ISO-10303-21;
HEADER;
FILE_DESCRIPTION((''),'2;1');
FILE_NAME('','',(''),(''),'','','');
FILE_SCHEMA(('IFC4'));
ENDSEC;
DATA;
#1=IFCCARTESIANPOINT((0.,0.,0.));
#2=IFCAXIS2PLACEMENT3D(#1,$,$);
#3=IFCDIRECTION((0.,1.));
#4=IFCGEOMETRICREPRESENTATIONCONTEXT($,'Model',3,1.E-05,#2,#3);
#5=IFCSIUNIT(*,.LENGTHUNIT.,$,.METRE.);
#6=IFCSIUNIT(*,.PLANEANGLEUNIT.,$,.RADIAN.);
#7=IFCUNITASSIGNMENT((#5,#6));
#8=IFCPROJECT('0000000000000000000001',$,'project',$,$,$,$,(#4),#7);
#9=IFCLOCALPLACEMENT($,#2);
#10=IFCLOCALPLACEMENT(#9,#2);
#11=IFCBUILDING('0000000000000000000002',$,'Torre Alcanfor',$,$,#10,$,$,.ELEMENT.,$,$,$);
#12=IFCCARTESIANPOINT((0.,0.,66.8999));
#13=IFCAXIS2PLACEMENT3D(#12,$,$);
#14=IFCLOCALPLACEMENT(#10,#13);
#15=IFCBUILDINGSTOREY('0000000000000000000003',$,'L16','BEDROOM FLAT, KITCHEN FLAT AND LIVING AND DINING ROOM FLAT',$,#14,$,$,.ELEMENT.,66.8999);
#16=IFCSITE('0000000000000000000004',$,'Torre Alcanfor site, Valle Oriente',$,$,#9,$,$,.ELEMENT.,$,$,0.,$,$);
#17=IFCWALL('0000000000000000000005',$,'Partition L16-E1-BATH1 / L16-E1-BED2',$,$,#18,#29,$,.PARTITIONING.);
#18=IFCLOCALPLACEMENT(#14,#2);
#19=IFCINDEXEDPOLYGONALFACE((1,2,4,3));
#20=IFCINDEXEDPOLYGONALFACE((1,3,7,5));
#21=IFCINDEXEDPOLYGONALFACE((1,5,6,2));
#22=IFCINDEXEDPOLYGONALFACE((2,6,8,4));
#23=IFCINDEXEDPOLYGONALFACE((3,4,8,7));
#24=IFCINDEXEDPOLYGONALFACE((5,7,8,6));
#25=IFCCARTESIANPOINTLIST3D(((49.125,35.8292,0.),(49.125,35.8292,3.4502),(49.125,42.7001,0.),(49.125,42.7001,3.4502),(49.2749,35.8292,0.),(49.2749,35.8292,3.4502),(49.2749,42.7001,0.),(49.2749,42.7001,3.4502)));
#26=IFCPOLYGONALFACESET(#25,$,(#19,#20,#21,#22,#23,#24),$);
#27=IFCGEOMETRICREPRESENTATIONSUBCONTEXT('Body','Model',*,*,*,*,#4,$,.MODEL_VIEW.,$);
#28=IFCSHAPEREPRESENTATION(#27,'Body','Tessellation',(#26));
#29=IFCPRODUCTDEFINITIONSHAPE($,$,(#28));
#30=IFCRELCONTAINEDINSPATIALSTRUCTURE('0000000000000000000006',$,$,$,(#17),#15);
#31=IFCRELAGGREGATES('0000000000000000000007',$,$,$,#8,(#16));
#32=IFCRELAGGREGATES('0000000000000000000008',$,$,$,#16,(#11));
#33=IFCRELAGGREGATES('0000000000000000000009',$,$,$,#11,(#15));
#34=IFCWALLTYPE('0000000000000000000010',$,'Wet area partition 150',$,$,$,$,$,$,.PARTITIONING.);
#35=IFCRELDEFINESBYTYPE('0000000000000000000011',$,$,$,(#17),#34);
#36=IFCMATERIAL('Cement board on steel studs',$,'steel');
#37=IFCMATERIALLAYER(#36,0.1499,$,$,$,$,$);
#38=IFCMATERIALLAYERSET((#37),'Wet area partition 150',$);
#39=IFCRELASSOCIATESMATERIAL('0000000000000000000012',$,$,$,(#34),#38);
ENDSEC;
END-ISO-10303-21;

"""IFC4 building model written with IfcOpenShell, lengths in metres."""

from ifc_helpers import new_model, si_unit, direction, frame, frame_2d, origin, place, context, subcontext, project, spatial, rectangle, extrude, material, layer, layer_set, type_object, element, save


model = new_model("IFC4")

# Units and contexts
model_context = context("Model", 3, precision=1e-05, world=origin(), true_north=direction((0.0, 1.0)))
body_context = subcontext(model_context, "Body", "Model", "MODEL_VIEW")
ifc_project = project(units=[si_unit("LENGTHUNIT", "METRE"), si_unit("PLANEANGLEUNIT", "RADIAN")], contexts=[model_context])

# Site, building, storey
site_placement = place(None, origin())
site = spatial("IfcSite", under=ifc_project, at=site_placement, Name="Torre Alcanfor site, Valle Oriente", CompositionType="ELEMENT", RefElevation=0.0)
building_placement = place(site_placement, origin())
building = spatial("IfcBuilding", under=site, at=building_placement, Name="Torre Alcanfor", CompositionType="ELEMENT")
storey_placement = place(building_placement, frame((0.0, 0.0, 66.8999)))
storey = spatial("IfcBuildingStorey", under=building, at=storey_placement, Name="L16", Description="BEDROOM FLAT, KITCHEN FLAT AND LIVING AND DINING ROOM FLAT", CompositionType="ELEMENT", Elevation=66.8999)

# Shared definitions
ifc_material_1 = material(Name="Cement board on steel studs", Category="steel")
ifc_layer_1 = layer(ifc_material_1, 0.1499)
ifc_layer_set_1 = layer_set([ifc_layer_1], Name="Wet area partition 150")
wall_type_1 = type_object("IfcWallType", Name="Wet area partition 150", PredefinedType="PARTITIONING", material=ifc_layer_set_1)

# Wall
for number, where, z_axis, x_axis, name in (
    (1, (49.2, 35.8291, 0.0), (0.0, 0.0, 1.0), (0.0, 1.0, 0.0), "Partition L16-E1-BATH1 / L16-E1-BED2"),
):
    element("IfcWall", number, at=place(storey_placement, frame(where, z_axis=z_axis, x_axis=x_axis)), inside=storey, type_object=wall_type_1, Name=name, PredefinedType="PARTITIONING", context=body_context, shape_type="SweptSolid", body=[
        extrude(rectangle(XDim=6.8708, YDim=0.1499, at=frame_2d((3.4355, 0.0))), origin(), (0.0, 0.0, 1.0), 3.4502),
    ])

save(model, "model.ifc")
